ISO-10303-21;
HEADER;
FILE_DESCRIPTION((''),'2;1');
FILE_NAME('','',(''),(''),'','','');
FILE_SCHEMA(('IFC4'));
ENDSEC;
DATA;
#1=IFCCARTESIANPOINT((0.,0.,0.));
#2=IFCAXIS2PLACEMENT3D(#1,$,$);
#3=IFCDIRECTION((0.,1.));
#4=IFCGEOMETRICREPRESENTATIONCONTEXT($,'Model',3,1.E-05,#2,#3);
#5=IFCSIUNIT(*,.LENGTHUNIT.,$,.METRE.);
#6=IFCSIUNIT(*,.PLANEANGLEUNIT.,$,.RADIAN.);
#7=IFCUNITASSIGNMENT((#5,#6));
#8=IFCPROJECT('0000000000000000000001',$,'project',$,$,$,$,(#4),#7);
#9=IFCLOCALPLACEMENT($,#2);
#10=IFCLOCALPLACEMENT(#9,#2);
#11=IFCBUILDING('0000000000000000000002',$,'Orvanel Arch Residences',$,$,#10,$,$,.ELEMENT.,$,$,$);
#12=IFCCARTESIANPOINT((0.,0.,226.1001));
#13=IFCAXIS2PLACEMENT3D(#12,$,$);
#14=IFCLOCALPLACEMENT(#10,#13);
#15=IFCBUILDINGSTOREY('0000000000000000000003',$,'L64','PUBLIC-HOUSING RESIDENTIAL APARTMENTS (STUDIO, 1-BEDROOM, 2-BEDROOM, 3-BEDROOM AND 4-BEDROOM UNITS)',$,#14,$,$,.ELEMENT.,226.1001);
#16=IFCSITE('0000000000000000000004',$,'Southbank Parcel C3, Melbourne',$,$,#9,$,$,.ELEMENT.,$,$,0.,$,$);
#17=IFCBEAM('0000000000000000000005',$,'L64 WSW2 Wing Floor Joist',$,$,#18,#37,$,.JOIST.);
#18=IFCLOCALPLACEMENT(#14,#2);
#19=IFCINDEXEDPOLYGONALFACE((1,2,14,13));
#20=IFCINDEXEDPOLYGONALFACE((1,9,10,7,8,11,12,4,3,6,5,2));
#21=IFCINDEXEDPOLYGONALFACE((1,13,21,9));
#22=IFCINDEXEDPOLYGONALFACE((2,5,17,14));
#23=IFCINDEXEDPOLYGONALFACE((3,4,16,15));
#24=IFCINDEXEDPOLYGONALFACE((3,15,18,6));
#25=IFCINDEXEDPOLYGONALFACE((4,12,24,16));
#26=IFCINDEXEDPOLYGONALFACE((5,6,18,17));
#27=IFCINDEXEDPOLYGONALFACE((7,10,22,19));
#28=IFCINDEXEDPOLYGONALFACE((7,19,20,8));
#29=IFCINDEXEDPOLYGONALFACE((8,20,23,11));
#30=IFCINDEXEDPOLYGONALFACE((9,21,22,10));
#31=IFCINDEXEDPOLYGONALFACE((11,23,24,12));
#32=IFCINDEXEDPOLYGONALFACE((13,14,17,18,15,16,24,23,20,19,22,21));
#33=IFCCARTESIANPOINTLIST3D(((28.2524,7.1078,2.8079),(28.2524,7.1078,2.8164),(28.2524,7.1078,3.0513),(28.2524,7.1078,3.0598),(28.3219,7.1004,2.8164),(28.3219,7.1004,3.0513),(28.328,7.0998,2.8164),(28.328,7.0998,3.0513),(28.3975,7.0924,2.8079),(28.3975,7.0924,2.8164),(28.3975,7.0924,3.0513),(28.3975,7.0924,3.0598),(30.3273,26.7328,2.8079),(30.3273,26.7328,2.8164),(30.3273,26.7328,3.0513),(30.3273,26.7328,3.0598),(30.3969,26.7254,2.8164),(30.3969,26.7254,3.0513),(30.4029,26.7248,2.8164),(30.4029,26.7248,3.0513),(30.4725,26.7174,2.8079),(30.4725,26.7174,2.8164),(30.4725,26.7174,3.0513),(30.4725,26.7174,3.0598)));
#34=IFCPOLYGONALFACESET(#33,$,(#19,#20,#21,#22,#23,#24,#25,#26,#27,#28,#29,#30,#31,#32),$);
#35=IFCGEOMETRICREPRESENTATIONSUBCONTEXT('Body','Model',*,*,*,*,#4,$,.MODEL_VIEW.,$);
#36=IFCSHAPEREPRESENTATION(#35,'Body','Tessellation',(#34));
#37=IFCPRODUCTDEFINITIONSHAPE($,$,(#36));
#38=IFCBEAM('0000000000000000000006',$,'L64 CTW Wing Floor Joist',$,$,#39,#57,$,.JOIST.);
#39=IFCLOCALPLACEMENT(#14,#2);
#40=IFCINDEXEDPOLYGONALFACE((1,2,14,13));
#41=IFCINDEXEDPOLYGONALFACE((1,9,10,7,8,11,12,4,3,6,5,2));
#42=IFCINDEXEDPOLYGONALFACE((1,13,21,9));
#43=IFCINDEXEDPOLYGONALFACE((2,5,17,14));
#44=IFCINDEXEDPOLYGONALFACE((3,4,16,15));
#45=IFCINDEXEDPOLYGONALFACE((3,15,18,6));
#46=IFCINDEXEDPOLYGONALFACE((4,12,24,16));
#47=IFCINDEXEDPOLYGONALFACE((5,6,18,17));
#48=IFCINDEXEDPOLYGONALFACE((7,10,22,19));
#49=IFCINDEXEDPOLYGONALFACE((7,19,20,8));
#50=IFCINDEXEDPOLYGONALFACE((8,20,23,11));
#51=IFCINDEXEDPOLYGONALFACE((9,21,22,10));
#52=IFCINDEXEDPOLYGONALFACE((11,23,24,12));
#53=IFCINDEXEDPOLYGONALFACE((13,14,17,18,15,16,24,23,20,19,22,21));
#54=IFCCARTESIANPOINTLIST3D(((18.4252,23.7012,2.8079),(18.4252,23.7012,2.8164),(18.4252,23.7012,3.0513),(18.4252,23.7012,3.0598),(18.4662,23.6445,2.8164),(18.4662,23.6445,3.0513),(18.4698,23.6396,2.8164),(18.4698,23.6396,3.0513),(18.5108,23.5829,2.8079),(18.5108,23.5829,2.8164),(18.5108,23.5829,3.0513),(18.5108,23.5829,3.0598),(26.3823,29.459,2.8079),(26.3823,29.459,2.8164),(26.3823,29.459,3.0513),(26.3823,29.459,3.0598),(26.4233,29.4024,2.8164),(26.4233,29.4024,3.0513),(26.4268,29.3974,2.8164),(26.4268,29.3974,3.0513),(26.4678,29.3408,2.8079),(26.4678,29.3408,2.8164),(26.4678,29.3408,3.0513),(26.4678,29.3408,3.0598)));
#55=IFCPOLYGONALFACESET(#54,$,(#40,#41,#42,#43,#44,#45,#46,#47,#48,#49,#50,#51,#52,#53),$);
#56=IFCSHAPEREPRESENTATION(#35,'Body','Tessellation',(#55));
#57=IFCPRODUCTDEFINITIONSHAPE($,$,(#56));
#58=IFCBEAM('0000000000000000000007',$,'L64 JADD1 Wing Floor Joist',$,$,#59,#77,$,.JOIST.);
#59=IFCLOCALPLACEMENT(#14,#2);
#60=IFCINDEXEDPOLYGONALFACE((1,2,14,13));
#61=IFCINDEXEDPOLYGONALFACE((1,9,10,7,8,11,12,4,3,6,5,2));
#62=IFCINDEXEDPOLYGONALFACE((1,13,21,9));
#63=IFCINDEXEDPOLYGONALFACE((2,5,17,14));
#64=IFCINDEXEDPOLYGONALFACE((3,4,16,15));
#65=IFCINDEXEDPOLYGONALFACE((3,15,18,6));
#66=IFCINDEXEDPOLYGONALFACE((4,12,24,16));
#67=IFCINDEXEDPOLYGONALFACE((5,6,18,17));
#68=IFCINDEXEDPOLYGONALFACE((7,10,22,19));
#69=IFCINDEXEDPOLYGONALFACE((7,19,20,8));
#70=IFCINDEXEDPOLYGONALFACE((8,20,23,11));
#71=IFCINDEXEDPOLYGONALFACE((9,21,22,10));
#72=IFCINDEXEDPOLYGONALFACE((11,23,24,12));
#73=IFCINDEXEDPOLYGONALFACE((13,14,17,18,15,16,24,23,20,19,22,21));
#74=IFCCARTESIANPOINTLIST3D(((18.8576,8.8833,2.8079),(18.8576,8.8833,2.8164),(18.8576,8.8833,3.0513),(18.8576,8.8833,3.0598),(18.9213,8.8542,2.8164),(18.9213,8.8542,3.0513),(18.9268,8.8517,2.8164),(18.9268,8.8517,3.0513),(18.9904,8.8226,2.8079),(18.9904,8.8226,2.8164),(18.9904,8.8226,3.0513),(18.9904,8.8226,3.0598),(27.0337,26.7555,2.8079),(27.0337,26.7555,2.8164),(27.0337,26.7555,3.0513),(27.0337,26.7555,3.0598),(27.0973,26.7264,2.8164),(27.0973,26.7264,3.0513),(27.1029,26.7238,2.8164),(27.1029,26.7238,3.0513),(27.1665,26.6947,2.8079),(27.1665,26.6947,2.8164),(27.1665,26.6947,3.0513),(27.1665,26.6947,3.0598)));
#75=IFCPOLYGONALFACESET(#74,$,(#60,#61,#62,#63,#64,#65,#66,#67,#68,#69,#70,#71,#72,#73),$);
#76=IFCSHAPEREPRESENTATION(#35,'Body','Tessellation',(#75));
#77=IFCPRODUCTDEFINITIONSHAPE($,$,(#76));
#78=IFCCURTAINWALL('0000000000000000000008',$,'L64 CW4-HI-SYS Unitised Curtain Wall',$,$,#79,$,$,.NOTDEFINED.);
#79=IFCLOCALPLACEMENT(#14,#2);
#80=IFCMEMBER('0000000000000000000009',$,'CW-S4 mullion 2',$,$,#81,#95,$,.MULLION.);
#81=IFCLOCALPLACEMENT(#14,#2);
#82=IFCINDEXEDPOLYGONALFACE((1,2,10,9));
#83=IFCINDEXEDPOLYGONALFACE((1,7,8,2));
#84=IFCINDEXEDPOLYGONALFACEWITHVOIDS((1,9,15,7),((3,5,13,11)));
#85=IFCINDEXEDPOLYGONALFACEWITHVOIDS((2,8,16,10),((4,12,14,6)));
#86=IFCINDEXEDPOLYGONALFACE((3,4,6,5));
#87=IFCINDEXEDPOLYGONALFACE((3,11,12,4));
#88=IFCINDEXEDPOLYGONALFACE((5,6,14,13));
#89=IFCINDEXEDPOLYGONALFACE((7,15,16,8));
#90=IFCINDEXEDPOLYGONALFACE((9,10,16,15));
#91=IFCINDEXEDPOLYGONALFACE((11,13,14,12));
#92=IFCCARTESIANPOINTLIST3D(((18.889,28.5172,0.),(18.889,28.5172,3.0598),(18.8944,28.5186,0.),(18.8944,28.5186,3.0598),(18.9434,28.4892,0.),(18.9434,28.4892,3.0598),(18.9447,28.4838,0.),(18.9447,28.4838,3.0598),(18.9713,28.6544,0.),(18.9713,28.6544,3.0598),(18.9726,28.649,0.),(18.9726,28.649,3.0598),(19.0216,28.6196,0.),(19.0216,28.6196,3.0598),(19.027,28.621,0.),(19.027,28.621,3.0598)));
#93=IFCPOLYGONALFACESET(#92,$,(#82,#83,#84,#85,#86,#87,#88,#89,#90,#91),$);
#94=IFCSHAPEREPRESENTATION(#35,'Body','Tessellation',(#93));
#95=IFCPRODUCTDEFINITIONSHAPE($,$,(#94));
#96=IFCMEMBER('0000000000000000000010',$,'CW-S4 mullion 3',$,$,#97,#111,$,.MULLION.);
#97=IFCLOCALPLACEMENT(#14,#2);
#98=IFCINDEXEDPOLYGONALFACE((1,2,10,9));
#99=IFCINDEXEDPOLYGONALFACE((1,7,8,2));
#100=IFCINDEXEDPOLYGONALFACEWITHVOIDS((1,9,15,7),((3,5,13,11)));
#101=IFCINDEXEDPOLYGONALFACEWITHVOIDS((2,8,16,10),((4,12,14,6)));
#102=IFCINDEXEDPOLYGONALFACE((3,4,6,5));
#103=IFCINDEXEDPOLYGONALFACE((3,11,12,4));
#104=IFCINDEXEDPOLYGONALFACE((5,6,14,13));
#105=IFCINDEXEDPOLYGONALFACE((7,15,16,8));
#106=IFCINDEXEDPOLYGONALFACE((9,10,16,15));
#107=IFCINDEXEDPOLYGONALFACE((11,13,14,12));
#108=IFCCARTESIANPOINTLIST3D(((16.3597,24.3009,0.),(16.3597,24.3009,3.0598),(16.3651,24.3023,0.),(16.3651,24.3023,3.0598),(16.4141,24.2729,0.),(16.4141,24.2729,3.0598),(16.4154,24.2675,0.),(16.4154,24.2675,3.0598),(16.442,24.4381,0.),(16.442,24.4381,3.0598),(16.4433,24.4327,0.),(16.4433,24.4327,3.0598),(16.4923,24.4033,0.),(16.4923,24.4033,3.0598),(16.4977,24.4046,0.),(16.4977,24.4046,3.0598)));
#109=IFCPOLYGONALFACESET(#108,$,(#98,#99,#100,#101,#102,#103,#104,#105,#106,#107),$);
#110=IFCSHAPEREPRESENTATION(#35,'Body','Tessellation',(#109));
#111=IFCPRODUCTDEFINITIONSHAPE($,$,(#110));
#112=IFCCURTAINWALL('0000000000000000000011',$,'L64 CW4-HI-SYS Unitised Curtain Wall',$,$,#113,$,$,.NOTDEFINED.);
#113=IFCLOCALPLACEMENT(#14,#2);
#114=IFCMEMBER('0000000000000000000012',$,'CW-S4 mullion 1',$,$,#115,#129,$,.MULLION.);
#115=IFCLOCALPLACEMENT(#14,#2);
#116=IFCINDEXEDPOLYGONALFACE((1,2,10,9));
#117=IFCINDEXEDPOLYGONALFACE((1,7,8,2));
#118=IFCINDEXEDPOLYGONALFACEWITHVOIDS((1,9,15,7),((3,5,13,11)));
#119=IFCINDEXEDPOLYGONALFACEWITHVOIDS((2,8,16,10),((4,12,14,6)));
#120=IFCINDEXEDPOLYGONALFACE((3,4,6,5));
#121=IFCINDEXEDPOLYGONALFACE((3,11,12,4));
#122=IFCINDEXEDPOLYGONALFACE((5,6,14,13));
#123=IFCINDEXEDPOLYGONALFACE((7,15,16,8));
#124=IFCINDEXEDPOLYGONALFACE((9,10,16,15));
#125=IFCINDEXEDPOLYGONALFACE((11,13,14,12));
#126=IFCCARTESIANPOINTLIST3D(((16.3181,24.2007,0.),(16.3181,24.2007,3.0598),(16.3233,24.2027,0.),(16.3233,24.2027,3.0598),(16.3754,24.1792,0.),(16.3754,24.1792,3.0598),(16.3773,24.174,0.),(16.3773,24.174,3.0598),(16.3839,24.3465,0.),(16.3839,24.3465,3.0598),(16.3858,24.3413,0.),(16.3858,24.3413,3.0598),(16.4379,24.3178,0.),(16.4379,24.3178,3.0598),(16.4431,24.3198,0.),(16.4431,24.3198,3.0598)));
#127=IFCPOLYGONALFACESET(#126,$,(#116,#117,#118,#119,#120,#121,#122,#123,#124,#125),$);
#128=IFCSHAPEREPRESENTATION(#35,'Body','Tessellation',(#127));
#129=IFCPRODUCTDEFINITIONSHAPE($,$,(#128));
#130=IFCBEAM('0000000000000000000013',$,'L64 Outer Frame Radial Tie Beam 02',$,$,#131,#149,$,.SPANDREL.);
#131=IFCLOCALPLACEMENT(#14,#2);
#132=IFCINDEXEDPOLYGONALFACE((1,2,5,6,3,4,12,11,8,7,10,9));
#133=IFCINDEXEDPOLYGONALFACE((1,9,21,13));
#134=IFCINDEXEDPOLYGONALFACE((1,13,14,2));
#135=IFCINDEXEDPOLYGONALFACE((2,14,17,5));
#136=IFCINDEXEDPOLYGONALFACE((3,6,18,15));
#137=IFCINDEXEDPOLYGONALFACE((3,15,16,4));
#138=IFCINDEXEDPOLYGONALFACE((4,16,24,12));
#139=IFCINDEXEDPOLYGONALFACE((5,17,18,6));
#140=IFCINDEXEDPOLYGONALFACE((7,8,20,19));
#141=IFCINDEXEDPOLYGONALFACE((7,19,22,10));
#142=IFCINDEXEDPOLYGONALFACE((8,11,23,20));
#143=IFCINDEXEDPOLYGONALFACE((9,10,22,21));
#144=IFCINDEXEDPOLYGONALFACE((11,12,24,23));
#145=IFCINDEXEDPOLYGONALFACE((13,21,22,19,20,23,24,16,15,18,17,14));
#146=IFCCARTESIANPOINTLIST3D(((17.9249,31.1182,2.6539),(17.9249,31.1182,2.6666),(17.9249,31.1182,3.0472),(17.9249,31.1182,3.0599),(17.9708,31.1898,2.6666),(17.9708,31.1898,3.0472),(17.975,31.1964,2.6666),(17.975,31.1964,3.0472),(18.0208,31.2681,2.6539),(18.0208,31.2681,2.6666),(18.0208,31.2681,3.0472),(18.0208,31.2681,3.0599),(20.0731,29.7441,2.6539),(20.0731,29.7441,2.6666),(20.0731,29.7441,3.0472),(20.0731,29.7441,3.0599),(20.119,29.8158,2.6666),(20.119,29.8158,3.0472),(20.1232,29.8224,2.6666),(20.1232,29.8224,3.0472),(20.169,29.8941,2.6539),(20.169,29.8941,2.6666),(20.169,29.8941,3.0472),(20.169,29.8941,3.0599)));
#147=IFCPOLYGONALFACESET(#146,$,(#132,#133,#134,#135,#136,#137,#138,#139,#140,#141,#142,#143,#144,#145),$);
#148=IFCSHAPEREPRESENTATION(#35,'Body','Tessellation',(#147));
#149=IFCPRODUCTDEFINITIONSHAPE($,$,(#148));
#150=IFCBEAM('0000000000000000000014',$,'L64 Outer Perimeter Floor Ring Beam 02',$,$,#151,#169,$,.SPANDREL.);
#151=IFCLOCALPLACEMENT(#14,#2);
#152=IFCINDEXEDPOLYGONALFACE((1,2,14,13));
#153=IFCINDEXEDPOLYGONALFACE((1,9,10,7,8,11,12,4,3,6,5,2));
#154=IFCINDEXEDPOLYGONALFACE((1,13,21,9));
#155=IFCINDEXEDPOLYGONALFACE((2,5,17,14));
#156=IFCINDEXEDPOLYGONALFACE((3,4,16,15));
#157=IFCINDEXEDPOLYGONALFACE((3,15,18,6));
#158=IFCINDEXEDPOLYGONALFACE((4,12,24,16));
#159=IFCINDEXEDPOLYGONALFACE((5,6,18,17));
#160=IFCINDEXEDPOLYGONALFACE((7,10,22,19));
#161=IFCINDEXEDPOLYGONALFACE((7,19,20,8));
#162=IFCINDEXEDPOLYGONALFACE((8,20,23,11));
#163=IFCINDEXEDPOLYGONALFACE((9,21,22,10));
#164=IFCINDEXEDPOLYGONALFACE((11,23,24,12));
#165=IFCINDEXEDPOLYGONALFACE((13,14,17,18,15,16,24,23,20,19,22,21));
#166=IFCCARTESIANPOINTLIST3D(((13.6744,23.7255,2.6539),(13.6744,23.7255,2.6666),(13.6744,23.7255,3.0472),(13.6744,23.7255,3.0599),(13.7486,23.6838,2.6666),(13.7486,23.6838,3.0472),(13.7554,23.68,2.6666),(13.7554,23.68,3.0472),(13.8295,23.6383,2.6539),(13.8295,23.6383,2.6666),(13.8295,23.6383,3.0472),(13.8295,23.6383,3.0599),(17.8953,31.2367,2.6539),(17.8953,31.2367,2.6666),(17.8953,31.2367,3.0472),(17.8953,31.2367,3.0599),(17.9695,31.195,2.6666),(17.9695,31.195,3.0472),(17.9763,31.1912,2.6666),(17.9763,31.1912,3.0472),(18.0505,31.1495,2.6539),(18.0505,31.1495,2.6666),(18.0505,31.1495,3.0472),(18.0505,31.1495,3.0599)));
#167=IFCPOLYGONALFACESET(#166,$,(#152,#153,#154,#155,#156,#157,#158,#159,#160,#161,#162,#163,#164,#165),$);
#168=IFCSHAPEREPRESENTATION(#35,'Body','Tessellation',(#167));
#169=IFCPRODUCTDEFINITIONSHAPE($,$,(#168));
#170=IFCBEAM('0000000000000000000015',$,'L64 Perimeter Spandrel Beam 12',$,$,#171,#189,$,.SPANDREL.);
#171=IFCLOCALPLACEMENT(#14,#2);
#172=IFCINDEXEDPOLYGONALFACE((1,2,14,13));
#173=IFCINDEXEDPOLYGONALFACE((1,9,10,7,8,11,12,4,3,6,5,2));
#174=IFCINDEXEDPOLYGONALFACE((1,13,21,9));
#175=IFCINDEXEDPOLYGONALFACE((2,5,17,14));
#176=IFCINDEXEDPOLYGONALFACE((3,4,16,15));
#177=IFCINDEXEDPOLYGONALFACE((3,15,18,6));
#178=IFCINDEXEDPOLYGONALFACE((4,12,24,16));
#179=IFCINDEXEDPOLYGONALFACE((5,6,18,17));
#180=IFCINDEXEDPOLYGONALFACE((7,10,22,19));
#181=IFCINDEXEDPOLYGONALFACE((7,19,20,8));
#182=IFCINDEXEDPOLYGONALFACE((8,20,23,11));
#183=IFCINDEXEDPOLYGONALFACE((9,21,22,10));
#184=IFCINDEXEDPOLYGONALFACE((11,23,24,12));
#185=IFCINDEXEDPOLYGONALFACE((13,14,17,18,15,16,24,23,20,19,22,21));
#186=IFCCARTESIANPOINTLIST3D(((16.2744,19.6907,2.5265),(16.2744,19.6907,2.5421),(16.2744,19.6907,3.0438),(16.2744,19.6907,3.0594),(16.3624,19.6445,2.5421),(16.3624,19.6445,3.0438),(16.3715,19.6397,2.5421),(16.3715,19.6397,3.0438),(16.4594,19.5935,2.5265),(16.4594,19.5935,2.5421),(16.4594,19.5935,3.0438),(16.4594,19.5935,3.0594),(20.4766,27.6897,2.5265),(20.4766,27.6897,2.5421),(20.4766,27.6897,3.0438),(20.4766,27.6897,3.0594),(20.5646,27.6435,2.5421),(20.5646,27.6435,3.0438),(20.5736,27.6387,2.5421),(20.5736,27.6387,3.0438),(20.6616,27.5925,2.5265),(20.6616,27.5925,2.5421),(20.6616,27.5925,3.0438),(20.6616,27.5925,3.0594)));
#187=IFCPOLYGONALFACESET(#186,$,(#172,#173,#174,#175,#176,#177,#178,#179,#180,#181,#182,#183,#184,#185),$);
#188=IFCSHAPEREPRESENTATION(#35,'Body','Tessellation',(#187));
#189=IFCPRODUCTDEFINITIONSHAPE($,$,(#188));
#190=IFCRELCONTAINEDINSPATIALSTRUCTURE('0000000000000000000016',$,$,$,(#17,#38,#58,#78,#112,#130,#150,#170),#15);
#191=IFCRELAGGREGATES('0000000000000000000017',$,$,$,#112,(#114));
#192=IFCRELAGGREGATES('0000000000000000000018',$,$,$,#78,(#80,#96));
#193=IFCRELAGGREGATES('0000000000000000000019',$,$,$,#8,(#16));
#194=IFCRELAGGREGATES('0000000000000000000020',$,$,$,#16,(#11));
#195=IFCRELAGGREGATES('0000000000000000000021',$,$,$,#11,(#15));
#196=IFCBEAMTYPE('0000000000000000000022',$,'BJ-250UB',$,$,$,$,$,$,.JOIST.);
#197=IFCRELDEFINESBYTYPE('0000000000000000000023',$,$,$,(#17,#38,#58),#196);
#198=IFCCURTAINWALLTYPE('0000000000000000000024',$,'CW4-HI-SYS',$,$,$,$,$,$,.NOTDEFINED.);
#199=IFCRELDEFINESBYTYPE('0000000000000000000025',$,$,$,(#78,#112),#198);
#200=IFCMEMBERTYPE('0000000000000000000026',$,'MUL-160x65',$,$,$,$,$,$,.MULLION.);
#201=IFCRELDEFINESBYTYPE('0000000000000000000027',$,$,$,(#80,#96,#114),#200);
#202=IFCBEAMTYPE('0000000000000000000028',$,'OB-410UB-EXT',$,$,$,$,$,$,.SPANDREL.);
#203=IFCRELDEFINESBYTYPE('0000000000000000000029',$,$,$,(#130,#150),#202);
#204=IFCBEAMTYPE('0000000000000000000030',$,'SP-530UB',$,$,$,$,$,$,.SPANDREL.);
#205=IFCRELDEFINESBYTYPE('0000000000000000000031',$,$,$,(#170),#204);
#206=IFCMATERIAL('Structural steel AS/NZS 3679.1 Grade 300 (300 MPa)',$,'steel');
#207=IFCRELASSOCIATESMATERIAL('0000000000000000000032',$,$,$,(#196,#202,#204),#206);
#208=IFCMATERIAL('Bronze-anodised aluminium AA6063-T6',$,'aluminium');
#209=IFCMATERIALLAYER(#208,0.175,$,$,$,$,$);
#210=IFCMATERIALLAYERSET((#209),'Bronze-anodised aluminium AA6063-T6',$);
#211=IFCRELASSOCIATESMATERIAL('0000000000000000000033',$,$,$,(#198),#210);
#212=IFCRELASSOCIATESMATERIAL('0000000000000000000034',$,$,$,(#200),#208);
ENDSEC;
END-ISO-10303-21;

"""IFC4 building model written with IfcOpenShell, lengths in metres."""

from ifc_helpers import new_model, si_unit, direction, frame, origin, origin_2d, place, context, subcontext, project, spatial, hollow_rectangle, i_section, extrude, material, layer, layer_set, material_profile, profile_set, type_object, element, aggregate, save


model = new_model("IFC4")

# Units and contexts
model_context = context("Model", 3, precision=1e-05, world=origin(), true_north=direction((0.0, 1.0)))
body_context = subcontext(model_context, "Body", "Model", "MODEL_VIEW")
ifc_project = project(units=[si_unit("LENGTHUNIT", "METRE"), si_unit("PLANEANGLEUNIT", "RADIAN")], contexts=[model_context])

# Site, building, storey
site_placement = place(None, origin())
site = spatial("IfcSite", under=ifc_project, at=site_placement, Name="Southbank Parcel C3, Melbourne", CompositionType="ELEMENT", RefElevation=0.0)
building_placement = place(site_placement, origin())
building = spatial("IfcBuilding", under=site, at=building_placement, Name="Orvanel Arch Residences", CompositionType="ELEMENT")
storey_placement = place(building_placement, frame((0.0, 0.0, 226.1001)))
storey = spatial("IfcBuildingStorey", under=building, at=storey_placement, Name="L64", Description="PUBLIC-HOUSING RESIDENTIAL APARTMENTS (STUDIO, 1-BEDROOM, 2-BEDROOM, 3-BEDROOM AND 4-BEDROOM UNITS)", CompositionType="ELEMENT", Elevation=226.1001)

# Beams
ifc_material_1 = material(Name="Structural steel AS/NZS 3679.1 Grade 300 (300 MPa)", Category="steel")
ifc_material_profile_1 = material_profile(ifc_material_1, i_section(OverallWidth=0.146, OverallDepth=0.252, WebThickness=0.0061, FlangeThickness=0.0085, at=origin_2d()), Name="250UB31.4")
ifc_profile_set_1 = profile_set([ifc_material_profile_1], Name="Structural steel AS/NZS 3679.1 Grade 300 (300 MPa)")
beam_type_1 = type_object("IfcBeamType", Name="BJ-250UB", PredefinedType="JOIST", material=ifc_profile_set_1)
beam_1_placement = place(storey_placement, frame((30.3999, 26.7251, 2.9338), z_axis=(-0.105144, -0.994457, 0.0), x_axis=(0.994457, -0.105144, 0.0)))
element("IfcBeam", 1, at=beam_1_placement, inside=storey, type_object=beam_type_1, Name="L64 WSW2 Wing Floor Joist", PredefinedType="JOIST", context=body_context, shape_type="SweptSolid", body=[
    extrude(i_section(OverallWidth=0.146, OverallDepth=0.252, WebThickness=0.0061, FlangeThickness=0.0085, at=origin_2d()), origin(), (0.0, 0.0, 1.0), 19.7344),
])
beam_2_placement = place(storey_placement, frame((26.425, 29.3999, 2.9338), z_axis=(-0.810144, -0.586231, 0.0), x_axis=(0.586231, -0.810144, 0.0)))
element("IfcBeam", 2, at=beam_2_placement, inside=storey, type_object=beam_type_1, Name="L64 CTW Wing Floor Joist", PredefinedType="JOIST", context=body_context, shape_type="SweptSolid", body=[
    extrude(i_section(OverallWidth=0.146, OverallDepth=0.252, WebThickness=0.0061, FlangeThickness=0.0085, at=origin_2d()), origin(), (0.0, 0.0, 1.0), 9.8218),
])
beam_3_placement = place(storey_placement, frame((27.1001, 26.7251, 2.9338), z_axis=(-0.41601, -0.90936, 0.0), x_axis=(0.90936, -0.41601, 0.0)))
element("IfcBeam", 3, at=beam_3_placement, inside=storey, type_object=beam_type_1, Name="L64 JADD1 Wing Floor Joist", PredefinedType="JOIST", context=body_context, shape_type="SweptSolid", body=[
    extrude(i_section(OverallWidth=0.146, OverallDepth=0.252, WebThickness=0.0061, FlangeThickness=0.0085, at=origin_2d()), origin(), (0.0, 0.0, 1.0), 19.6536),
])

# Curtain wall, members
ifc_material_2 = material(Name="Bronze-anodised aluminium AA6063-T6", Category="aluminium")
ifc_layer_1 = layer(ifc_material_2, 0.175)
ifc_layer_set_1 = layer_set([ifc_layer_1], Name="Bronze-anodised aluminium AA6063-T6")
curtain_wall_type = type_object("IfcCurtainWallType", Name="CW4-HI-SYS", PredefinedType="NOTDEFINED", material=ifc_layer_set_1)
curtain_wall_1_placement = place(storey_placement, origin())
curtain_wall_1 = element("IfcCurtainWall", 4, at=curtain_wall_1_placement, inside=storey, type_object=curtain_wall_type, Name="L64 CW4-HI-SYS Unitised Curtain Wall", PredefinedType="NOTDEFINED")
ifc_material_profile_2 = material_profile(ifc_material_2, hollow_rectangle(XDim=0.0649, YDim=0.1599, WallThickness=0.0039, at=origin_2d()), Name="ALU160x65x4")
ifc_profile_set_2 = profile_set([ifc_material_profile_2], Name="Bronze-anodised aluminium AA6063-T6")
member_type_1 = type_object("IfcMemberType", Name="MUL-160x65", PredefinedType="MULLION", material=ifc_profile_set_2)
member_1_placement = place(storey_placement, frame((18.958, 28.5691, 0.0), z_axis=(0.0, 0.0, 1.0), x_axis=(0.857529, -0.514436, 0.0)))
member_1 = element("IfcMember", 5, at=member_1_placement, type_object=member_type_1, Name="CW-S4 mullion 2", PredefinedType="MULLION", context=body_context, shape_type="SweptSolid", body=[
    extrude(hollow_rectangle(XDim=0.0649, YDim=0.1599, WallThickness=0.0039, at=origin_2d()), origin(), (0.0, 0.0, 1.0), 3.0598),
])
member_2_placement = place(storey_placement, frame((16.4287, 24.3528, 0.0), z_axis=(0.0, 0.0, 1.0), x_axis=(0.857529, -0.514436, 0.0)))
member_2 = element("IfcMember", 6, at=member_2_placement, type_object=member_type_1, Name="CW-S4 mullion 3", PredefinedType="MULLION", context=body_context, shape_type="SweptSolid", body=[
    extrude(hollow_rectangle(XDim=0.0649, YDim=0.1599, WallThickness=0.0039, at=origin_2d()), origin(), (0.0, 0.0, 1.0), 3.0598),
])

# Curtain wall, member
curtain_wall_2_placement = place(storey_placement, origin())
curtain_wall_2 = element("IfcCurtainWall", 7, at=curtain_wall_2_placement, inside=storey, type_object=curtain_wall_type, Name="L64 CW4-HI-SYS Unitised Curtain Wall", PredefinedType="NOTDEFINED")
member_3_placement = place(storey_placement, frame((16.3806, 24.2603, 0.0), z_axis=(0.0, 0.0, 1.0), x_axis=(0.911577, -0.411128, 0.0)))
member_3 = element("IfcMember", 8, at=member_3_placement, type_object=member_type_1, Name="CW-S4 mullion 1", PredefinedType="MULLION", context=body_context, shape_type="SweptSolid", body=[
    extrude(hollow_rectangle(XDim=0.0649, YDim=0.1599, WallThickness=0.0039, at=origin_2d()), origin(), (0.0, 0.0, 1.0), 3.0598),
])

# Beams
ifc_material_profile_3 = material_profile(ifc_material_1, i_section(OverallWidth=0.178, OverallDepth=0.406, WebThickness=0.0078, FlangeThickness=0.0127, at=origin_2d()), Name="410UB59.7")
ifc_profile_set_3 = profile_set([ifc_material_profile_3], Name="Structural steel AS/NZS 3679.1 Grade 300 (300 MPa)")
beam_type_2 = type_object("IfcBeamType", Name="OB-410UB-EXT", PredefinedType="SPANDREL", material=ifc_profile_set_3)
beam_4_placement = place(storey_placement, frame((20.1211, 29.8191, 2.8569), z_axis=(-0.842417, 0.538825, 0.0), x_axis=(-0.538825, -0.842417, 0.0)))
element("IfcBeam", 9, at=beam_4_placement, inside=storey, type_object=beam_type_2, Name="L64 Outer Frame Radial Tie Beam 02", PredefinedType="SPANDREL", context=body_context, shape_type="SweptSolid", body=[
    extrude(i_section(OverallWidth=0.178, OverallDepth=0.406, WebThickness=0.0078, FlangeThickness=0.0127, at=origin_2d()), origin(), (0.0, 0.0, 1.0), 2.55),
])
beam_5_placement = place(storey_placement, frame((17.9729, 31.1931, 2.8569), z_axis=(-0.489898, -0.87178, 0.0), x_axis=(0.87178, -0.489898, 0.0)))
element("IfcBeam", 10, at=beam_5_placement, inside=storey, type_object=beam_type_2, Name="L64 Outer Perimeter Floor Ring Beam 02", PredefinedType="SPANDREL", context=body_context, shape_type="SweptSolid", body=[
    extrude(i_section(OverallWidth=0.178, OverallDepth=0.406, WebThickness=0.0078, FlangeThickness=0.0127, at=origin_2d()), origin(), (0.0, 0.0, 1.0), 8.616),
])
ifc_material_profile_4 = material_profile(ifc_material_1, i_section(OverallWidth=0.209, OverallDepth=0.533, WebThickness=0.0103, FlangeThickness=0.0156, at=origin_2d()), Name="530UB92.4")
ifc_profile_set_4 = profile_set([ifc_material_profile_4], Name="Structural steel AS/NZS 3679.1 Grade 300 (300 MPa)")
beam_type_3 = type_object("IfcBeamType", Name="SP-530UB", PredefinedType="SPANDREL", material=ifc_profile_set_4)
beam_6_placement = place(storey_placement, frame((20.5691, 27.6411, 2.793), z_axis=(-0.465065, -0.885277, 0.0), x_axis=(0.885277, -0.465065, 0.0)))
element("IfcBeam", 11, at=beam_6_placement, inside=storey, type_object=beam_type_3, Name="L64 Perimeter Spandrel Beam 12", PredefinedType="SPANDREL", context=body_context, shape_type="SweptSolid", body=[
    extrude(i_section(OverallWidth=0.209, OverallDepth=0.533, WebThickness=0.0103, FlangeThickness=0.0156, at=origin_2d()), origin(), (0.0, 0.0, 1.0), 9.0356),
])

aggregate(curtain_wall_2, [member_3])

aggregate(curtain_wall_1, [member_1, member_2])

save(model, "model.ifc")
